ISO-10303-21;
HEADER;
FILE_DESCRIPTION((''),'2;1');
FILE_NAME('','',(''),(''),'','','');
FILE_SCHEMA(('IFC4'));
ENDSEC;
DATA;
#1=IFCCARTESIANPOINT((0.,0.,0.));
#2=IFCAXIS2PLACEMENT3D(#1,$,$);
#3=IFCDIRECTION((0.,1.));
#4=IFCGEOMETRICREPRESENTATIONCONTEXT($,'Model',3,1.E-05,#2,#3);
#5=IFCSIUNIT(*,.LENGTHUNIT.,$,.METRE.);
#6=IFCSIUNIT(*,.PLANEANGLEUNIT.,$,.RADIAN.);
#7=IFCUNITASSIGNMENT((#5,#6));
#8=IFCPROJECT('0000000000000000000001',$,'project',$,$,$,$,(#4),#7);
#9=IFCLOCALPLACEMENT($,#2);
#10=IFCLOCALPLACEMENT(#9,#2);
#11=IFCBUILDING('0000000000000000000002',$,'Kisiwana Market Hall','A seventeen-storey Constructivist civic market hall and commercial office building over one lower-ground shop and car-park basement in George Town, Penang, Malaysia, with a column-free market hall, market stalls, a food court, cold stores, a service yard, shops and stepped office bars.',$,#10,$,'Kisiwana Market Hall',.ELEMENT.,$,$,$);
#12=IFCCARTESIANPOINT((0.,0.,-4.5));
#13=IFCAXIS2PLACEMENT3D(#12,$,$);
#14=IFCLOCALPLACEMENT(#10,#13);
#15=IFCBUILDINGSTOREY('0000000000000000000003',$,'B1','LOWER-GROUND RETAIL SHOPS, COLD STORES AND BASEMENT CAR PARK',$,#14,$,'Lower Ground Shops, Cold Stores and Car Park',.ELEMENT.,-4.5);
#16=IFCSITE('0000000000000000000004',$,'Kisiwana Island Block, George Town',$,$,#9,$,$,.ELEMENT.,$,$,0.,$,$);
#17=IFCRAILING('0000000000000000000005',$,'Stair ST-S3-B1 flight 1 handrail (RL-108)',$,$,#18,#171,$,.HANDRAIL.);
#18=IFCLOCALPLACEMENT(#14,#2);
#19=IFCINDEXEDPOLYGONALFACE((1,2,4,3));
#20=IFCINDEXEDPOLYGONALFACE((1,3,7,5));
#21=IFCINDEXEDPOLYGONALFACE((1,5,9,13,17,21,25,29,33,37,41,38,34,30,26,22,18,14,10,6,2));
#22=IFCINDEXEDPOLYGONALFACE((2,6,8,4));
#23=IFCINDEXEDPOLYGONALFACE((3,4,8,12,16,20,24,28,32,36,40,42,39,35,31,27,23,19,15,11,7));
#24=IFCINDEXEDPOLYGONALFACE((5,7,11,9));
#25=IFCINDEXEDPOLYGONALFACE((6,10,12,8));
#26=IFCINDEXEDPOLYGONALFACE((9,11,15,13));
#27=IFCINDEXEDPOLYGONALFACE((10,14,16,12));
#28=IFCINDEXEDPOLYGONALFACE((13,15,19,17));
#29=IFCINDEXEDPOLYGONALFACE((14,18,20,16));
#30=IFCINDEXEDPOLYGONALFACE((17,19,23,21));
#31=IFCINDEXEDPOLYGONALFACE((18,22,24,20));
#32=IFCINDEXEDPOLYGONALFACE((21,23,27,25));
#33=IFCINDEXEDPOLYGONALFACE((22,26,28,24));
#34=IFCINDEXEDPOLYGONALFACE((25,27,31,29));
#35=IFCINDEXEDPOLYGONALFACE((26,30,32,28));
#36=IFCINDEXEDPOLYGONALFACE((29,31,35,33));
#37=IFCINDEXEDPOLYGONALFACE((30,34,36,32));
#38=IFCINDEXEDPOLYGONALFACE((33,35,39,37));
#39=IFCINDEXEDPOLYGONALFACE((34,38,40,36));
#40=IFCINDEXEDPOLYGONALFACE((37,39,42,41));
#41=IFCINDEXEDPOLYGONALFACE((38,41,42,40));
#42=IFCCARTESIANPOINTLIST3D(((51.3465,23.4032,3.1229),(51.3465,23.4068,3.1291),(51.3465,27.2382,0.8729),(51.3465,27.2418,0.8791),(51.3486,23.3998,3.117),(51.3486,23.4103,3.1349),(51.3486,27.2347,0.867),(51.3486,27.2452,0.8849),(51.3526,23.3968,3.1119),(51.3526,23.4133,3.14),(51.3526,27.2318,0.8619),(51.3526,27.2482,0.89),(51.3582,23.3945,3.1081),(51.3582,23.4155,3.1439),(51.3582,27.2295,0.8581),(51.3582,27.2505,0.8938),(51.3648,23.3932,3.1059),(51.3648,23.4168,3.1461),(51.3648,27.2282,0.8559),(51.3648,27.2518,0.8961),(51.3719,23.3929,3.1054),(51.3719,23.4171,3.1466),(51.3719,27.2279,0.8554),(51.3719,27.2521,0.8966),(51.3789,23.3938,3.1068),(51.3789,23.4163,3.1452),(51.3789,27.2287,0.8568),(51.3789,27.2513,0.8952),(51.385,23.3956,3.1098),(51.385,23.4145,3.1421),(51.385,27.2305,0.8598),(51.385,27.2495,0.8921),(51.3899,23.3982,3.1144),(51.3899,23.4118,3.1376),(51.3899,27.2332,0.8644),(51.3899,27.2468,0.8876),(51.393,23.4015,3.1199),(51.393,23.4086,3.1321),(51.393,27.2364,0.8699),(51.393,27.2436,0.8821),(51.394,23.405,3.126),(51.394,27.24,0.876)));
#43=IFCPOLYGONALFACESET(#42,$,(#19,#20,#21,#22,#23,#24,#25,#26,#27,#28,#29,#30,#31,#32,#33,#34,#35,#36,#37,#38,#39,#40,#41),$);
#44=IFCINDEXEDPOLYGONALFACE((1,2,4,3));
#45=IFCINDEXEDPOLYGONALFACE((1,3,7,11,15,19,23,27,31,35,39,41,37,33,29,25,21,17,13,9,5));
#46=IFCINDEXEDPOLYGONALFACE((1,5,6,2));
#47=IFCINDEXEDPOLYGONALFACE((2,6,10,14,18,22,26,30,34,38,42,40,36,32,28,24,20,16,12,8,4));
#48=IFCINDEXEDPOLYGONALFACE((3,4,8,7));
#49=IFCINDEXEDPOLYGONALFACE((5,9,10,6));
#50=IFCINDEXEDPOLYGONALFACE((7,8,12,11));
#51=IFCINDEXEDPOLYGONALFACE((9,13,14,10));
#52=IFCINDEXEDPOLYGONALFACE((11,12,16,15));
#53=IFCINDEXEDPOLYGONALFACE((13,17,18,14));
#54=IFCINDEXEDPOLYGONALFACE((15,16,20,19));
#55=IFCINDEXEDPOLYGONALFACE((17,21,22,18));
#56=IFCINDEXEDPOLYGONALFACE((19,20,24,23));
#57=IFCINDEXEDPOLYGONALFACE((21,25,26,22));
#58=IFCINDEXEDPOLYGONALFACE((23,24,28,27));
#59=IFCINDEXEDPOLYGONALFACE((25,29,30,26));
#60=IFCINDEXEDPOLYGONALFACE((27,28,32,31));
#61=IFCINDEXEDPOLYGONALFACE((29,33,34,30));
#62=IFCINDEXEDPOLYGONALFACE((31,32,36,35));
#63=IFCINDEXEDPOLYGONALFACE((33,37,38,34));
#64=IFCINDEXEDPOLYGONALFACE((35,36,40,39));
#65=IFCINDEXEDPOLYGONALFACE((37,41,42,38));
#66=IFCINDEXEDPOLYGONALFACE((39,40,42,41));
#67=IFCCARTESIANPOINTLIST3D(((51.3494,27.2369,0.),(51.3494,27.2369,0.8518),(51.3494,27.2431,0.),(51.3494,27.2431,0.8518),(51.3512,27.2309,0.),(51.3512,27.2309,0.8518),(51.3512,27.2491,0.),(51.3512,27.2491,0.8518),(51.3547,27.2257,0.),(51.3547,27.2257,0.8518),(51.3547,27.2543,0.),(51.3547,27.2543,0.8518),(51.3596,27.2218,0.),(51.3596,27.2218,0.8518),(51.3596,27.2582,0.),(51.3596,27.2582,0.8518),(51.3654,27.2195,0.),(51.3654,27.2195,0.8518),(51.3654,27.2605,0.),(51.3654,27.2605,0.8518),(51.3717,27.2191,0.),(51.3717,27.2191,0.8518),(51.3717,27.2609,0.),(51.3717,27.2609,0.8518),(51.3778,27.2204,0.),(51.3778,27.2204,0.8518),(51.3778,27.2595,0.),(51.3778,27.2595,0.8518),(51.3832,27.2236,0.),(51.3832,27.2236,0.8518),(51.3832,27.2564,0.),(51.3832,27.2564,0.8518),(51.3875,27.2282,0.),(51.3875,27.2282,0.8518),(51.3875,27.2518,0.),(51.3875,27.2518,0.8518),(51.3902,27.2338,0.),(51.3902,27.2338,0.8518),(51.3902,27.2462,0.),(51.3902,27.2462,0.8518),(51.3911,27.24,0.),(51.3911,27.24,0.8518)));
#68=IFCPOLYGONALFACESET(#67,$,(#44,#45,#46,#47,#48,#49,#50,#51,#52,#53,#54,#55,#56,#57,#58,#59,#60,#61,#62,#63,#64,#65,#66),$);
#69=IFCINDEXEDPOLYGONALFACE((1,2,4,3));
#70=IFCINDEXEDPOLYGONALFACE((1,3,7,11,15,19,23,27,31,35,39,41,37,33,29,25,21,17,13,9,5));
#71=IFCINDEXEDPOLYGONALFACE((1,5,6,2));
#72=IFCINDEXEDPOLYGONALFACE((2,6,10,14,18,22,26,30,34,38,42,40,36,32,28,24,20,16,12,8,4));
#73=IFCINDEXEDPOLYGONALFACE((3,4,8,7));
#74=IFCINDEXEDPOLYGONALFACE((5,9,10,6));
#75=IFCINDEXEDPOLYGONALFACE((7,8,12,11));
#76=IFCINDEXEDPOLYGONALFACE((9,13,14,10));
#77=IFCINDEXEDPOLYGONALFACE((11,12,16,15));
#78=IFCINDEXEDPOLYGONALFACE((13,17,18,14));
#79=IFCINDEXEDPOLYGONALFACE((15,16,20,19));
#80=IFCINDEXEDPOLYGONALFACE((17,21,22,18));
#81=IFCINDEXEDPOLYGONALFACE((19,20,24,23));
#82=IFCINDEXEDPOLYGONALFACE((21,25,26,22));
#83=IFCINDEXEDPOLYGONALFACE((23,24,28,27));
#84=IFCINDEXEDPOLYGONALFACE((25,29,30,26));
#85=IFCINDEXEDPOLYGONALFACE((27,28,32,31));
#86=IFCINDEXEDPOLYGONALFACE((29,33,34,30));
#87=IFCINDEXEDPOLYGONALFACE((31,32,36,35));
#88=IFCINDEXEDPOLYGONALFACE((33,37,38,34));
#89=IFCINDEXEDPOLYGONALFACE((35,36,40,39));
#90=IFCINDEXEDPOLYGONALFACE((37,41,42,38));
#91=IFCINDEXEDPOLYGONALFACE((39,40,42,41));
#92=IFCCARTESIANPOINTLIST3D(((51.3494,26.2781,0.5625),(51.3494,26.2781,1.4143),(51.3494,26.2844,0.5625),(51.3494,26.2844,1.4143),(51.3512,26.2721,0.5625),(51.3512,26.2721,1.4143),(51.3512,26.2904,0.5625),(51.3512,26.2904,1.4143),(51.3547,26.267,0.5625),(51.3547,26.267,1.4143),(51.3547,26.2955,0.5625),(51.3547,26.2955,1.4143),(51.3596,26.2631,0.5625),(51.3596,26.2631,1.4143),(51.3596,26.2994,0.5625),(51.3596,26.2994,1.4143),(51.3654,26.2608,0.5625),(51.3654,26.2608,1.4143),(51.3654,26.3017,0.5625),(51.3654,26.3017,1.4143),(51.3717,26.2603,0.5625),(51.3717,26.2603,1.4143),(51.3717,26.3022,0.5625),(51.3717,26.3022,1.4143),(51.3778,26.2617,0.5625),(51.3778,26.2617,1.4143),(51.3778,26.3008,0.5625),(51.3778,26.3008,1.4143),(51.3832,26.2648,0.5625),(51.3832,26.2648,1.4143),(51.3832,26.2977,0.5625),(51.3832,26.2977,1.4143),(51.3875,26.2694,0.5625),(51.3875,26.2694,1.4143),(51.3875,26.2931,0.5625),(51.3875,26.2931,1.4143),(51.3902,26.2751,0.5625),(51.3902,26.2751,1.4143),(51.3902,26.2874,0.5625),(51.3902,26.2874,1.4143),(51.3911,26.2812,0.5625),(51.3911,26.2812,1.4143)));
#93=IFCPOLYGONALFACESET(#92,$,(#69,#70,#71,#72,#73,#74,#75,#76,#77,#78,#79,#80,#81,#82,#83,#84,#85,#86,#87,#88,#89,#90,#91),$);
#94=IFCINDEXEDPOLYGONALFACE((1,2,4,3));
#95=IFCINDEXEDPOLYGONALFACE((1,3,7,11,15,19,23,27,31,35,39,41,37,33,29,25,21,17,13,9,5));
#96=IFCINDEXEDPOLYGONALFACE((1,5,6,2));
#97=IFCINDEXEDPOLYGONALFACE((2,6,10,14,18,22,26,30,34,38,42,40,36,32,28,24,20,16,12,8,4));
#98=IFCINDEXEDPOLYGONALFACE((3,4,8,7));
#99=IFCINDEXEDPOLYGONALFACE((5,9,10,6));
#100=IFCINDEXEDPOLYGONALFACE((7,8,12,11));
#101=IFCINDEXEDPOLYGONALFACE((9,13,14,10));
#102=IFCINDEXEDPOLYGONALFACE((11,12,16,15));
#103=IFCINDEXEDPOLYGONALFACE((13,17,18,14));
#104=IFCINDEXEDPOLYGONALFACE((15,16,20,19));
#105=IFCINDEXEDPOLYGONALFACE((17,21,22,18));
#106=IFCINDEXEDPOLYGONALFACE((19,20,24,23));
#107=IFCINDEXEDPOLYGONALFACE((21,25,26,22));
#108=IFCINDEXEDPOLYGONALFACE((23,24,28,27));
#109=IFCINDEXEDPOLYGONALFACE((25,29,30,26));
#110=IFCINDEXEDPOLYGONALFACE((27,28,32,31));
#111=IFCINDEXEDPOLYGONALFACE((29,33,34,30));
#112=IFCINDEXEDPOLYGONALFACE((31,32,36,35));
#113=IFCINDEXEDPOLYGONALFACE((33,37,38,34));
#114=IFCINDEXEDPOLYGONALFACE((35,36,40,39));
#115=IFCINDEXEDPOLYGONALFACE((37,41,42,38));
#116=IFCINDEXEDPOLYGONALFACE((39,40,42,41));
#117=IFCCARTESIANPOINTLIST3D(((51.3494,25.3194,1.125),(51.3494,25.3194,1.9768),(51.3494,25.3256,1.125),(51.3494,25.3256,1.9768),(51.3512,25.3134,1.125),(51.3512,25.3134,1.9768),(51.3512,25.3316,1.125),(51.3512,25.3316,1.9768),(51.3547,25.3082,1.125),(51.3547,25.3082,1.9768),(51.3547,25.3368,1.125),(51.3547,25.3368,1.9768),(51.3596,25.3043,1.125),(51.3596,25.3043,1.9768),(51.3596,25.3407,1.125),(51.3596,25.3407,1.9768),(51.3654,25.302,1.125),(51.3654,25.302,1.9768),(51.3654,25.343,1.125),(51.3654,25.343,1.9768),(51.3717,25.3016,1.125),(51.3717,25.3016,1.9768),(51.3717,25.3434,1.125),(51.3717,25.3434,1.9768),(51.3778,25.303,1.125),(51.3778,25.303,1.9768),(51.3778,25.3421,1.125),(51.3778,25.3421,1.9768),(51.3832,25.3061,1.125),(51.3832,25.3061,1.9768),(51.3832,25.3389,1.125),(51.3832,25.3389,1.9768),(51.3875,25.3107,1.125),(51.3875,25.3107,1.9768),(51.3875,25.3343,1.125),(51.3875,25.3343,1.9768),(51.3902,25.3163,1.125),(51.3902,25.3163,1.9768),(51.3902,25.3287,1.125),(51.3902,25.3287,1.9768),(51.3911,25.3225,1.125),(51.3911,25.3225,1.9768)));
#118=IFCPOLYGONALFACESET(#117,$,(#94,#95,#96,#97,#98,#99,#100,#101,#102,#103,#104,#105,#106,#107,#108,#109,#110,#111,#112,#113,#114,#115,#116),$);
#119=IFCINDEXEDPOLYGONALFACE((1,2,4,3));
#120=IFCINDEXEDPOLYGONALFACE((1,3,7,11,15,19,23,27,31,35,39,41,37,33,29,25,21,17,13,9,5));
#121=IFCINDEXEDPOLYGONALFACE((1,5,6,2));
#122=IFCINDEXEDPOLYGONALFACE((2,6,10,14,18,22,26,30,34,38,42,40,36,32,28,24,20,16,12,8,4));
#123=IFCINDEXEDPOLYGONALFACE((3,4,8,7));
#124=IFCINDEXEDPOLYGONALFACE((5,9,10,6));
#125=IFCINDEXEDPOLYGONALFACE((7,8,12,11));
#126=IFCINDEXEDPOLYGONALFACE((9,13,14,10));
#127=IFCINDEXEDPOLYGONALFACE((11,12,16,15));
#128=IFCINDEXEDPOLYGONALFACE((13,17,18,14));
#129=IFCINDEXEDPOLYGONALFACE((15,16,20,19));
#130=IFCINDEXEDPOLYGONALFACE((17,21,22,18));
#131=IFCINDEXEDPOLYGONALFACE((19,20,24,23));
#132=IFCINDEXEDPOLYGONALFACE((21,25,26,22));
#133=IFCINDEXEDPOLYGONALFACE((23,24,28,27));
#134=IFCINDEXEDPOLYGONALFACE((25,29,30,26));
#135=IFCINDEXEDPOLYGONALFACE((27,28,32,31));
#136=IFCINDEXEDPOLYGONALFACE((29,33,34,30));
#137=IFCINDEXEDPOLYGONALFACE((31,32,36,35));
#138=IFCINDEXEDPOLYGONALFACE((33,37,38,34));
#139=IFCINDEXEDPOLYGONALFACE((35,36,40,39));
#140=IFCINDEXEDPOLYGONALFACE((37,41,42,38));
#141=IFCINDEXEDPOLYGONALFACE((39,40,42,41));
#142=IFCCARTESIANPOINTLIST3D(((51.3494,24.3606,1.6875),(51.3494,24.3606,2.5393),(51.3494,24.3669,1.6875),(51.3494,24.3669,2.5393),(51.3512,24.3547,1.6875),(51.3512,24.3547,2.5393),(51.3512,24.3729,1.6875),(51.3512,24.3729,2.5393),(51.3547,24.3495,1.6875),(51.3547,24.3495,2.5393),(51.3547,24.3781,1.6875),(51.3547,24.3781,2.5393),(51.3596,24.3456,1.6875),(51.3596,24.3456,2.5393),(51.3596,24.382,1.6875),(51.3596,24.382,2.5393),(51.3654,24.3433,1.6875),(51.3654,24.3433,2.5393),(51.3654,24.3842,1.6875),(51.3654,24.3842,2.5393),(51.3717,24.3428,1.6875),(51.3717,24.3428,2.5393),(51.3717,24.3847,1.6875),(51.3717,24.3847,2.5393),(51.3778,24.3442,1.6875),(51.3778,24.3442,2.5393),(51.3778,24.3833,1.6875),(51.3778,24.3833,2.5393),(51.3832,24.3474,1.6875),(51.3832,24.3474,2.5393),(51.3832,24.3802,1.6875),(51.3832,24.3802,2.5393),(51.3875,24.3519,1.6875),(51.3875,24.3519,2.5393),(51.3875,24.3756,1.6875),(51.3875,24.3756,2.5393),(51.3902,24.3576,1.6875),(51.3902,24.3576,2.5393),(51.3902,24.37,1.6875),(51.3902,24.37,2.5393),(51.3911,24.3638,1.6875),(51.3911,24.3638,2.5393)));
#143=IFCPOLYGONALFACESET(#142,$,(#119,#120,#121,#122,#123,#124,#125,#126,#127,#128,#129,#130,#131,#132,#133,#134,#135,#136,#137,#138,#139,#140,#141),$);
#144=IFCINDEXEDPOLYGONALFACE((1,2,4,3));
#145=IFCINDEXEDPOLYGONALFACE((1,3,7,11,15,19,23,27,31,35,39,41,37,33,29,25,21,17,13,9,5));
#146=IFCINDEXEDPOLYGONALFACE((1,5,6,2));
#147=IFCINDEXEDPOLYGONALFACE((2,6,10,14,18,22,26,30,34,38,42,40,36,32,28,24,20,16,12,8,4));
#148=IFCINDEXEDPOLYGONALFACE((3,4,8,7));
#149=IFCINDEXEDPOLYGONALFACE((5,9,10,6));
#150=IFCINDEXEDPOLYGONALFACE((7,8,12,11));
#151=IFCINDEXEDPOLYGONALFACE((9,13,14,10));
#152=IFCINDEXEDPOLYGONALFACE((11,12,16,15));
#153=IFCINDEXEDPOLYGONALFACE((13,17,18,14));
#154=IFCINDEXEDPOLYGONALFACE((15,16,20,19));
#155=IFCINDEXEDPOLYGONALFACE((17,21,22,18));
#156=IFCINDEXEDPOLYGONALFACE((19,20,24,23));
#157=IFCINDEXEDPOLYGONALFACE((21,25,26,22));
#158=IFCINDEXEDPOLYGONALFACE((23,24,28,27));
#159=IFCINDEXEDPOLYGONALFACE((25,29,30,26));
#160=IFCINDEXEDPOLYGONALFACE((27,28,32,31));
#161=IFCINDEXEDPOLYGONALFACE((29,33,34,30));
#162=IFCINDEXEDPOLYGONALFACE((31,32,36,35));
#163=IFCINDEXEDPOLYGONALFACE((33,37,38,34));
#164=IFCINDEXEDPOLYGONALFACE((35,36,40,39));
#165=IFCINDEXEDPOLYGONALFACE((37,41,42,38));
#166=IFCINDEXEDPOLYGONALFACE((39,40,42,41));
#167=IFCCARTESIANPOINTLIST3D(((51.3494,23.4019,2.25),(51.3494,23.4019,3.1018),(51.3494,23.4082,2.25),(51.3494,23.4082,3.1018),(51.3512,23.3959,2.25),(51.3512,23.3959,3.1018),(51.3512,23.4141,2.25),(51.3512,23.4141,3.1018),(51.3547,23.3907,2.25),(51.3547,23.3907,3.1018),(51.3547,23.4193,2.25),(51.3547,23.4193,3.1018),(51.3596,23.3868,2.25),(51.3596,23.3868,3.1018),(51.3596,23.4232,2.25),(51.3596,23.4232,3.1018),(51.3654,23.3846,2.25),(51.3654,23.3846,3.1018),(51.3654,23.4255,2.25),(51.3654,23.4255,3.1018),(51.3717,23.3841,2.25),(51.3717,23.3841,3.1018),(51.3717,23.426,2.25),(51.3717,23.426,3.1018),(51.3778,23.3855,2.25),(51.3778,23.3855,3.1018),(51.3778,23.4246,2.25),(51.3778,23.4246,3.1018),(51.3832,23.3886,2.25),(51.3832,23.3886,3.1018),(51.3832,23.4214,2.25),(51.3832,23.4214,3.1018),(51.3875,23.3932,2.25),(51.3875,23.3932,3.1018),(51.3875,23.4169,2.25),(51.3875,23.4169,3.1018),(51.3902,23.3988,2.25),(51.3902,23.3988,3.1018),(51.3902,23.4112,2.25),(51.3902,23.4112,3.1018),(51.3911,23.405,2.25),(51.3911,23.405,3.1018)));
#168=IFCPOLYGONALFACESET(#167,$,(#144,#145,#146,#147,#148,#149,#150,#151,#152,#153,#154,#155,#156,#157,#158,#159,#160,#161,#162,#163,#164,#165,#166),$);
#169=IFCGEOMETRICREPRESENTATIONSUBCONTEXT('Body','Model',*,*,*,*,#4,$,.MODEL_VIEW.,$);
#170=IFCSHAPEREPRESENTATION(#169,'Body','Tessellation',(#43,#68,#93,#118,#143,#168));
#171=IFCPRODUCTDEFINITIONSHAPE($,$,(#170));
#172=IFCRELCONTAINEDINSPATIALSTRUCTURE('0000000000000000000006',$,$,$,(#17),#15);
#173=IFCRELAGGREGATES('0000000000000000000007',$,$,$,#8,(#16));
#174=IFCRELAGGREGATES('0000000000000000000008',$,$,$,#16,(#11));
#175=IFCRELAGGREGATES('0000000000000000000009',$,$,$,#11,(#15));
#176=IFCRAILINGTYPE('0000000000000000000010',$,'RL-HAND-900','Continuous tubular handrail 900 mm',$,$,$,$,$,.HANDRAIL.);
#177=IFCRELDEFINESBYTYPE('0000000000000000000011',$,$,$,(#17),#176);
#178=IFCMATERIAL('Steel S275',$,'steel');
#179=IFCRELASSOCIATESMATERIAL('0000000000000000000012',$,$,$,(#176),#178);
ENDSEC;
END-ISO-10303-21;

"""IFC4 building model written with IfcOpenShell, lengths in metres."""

from ifc_helpers import new_model, si_unit, direction, frame, origin, origin_2d, place, context, subcontext, project, spatial, circle, extrude, material, type_object, element, save


model = new_model("IFC4")

# Units and contexts
model_context = context("Model", 3, precision=1e-05, world=origin(), true_north=direction((0.0, 1.0)))
body_context = subcontext(model_context, "Body", "Model", "MODEL_VIEW")
ifc_project = project(units=[si_unit("LENGTHUNIT", "METRE"), si_unit("PLANEANGLEUNIT", "RADIAN")], contexts=[model_context])

# Site, building, storey
site_placement = place(None, origin())
site = spatial("IfcSite", under=ifc_project, at=site_placement, Name="Kisiwana Island Block, George Town", CompositionType="ELEMENT", RefElevation=0.0)
building_placement = place(site_placement, origin())
building = spatial("IfcBuilding", under=site, at=building_placement, Name="Kisiwana Market Hall", Description="A seventeen-storey Constructivist civic market hall and commercial office building over one lower-ground shop and car-park basement in George Town, Penang, Malaysia, with a column-free market hall, market stalls, a food court, cold stores, a service yard, shops and stepped office bars.", LongName="Kisiwana Market Hall", CompositionType="ELEMENT")
storey_placement = place(building_placement, frame((0.0, 0.0, -4.5)))
storey = spatial("IfcBuildingStorey", under=building, at=storey_placement, Name="B1", Description="LOWER-GROUND RETAIL SHOPS, COLD STORES AND BASEMENT CAR PARK", LongName="Lower Ground Shops, Cold Stores and Car Park", CompositionType="ELEMENT", Elevation=-4.5)

# Railing
ifc_material_1 = material(Name="Steel S275", Category="steel")
railing_type_1 = type_object("IfcRailingType", Name="RL-HAND-900", Description="Continuous tubular handrail 900 mm", PredefinedType="HANDRAIL", material=ifc_material_1)
railing_1_placement = place(storey_placement, frame((51.3701, 27.24, 0.0)))
element("IfcRailing", 1, at=railing_1_placement, inside=storey, type_object=railing_type_1, Name="Stair ST-S3-B1 flight 1 handrail (RL-108)", PredefinedType="HANDRAIL", context=body_context, shape_type="SweptSolid", body=[
    extrude(circle(Radius=0.0239, at=origin_2d()), frame((0.0, 0.0, 0.876), z_axis=(0.0, -0.86251, 0.506041), x_axis=(1.0, 0.0, 0.0)), (0.0, 0.0, 1.0), 4.4463),
    extrude(circle(Radius=0.021, at=origin_2d()), origin(), (0.0, 0.0, 1.0), 0.8518),
    extrude(circle(Radius=0.021, at=origin_2d()), frame((0.0, -0.9587, 0.5625)), (0.0, 0.0, 1.0), 0.8518),
    extrude(circle(Radius=0.021, at=origin_2d()), frame((0.0, -1.9175, 1.125)), (0.0, 0.0, 1.0), 0.8518),
    extrude(circle(Radius=0.021, at=origin_2d()), frame((0.0, -2.8762, 1.6875)), (0.0, 0.0, 1.0), 0.8518),
    extrude(circle(Radius=0.021, at=origin_2d()), frame((0.0, -3.835, 2.25)), (0.0, 0.0, 1.0), 0.8518),
])

save(model, "model.ifc")
